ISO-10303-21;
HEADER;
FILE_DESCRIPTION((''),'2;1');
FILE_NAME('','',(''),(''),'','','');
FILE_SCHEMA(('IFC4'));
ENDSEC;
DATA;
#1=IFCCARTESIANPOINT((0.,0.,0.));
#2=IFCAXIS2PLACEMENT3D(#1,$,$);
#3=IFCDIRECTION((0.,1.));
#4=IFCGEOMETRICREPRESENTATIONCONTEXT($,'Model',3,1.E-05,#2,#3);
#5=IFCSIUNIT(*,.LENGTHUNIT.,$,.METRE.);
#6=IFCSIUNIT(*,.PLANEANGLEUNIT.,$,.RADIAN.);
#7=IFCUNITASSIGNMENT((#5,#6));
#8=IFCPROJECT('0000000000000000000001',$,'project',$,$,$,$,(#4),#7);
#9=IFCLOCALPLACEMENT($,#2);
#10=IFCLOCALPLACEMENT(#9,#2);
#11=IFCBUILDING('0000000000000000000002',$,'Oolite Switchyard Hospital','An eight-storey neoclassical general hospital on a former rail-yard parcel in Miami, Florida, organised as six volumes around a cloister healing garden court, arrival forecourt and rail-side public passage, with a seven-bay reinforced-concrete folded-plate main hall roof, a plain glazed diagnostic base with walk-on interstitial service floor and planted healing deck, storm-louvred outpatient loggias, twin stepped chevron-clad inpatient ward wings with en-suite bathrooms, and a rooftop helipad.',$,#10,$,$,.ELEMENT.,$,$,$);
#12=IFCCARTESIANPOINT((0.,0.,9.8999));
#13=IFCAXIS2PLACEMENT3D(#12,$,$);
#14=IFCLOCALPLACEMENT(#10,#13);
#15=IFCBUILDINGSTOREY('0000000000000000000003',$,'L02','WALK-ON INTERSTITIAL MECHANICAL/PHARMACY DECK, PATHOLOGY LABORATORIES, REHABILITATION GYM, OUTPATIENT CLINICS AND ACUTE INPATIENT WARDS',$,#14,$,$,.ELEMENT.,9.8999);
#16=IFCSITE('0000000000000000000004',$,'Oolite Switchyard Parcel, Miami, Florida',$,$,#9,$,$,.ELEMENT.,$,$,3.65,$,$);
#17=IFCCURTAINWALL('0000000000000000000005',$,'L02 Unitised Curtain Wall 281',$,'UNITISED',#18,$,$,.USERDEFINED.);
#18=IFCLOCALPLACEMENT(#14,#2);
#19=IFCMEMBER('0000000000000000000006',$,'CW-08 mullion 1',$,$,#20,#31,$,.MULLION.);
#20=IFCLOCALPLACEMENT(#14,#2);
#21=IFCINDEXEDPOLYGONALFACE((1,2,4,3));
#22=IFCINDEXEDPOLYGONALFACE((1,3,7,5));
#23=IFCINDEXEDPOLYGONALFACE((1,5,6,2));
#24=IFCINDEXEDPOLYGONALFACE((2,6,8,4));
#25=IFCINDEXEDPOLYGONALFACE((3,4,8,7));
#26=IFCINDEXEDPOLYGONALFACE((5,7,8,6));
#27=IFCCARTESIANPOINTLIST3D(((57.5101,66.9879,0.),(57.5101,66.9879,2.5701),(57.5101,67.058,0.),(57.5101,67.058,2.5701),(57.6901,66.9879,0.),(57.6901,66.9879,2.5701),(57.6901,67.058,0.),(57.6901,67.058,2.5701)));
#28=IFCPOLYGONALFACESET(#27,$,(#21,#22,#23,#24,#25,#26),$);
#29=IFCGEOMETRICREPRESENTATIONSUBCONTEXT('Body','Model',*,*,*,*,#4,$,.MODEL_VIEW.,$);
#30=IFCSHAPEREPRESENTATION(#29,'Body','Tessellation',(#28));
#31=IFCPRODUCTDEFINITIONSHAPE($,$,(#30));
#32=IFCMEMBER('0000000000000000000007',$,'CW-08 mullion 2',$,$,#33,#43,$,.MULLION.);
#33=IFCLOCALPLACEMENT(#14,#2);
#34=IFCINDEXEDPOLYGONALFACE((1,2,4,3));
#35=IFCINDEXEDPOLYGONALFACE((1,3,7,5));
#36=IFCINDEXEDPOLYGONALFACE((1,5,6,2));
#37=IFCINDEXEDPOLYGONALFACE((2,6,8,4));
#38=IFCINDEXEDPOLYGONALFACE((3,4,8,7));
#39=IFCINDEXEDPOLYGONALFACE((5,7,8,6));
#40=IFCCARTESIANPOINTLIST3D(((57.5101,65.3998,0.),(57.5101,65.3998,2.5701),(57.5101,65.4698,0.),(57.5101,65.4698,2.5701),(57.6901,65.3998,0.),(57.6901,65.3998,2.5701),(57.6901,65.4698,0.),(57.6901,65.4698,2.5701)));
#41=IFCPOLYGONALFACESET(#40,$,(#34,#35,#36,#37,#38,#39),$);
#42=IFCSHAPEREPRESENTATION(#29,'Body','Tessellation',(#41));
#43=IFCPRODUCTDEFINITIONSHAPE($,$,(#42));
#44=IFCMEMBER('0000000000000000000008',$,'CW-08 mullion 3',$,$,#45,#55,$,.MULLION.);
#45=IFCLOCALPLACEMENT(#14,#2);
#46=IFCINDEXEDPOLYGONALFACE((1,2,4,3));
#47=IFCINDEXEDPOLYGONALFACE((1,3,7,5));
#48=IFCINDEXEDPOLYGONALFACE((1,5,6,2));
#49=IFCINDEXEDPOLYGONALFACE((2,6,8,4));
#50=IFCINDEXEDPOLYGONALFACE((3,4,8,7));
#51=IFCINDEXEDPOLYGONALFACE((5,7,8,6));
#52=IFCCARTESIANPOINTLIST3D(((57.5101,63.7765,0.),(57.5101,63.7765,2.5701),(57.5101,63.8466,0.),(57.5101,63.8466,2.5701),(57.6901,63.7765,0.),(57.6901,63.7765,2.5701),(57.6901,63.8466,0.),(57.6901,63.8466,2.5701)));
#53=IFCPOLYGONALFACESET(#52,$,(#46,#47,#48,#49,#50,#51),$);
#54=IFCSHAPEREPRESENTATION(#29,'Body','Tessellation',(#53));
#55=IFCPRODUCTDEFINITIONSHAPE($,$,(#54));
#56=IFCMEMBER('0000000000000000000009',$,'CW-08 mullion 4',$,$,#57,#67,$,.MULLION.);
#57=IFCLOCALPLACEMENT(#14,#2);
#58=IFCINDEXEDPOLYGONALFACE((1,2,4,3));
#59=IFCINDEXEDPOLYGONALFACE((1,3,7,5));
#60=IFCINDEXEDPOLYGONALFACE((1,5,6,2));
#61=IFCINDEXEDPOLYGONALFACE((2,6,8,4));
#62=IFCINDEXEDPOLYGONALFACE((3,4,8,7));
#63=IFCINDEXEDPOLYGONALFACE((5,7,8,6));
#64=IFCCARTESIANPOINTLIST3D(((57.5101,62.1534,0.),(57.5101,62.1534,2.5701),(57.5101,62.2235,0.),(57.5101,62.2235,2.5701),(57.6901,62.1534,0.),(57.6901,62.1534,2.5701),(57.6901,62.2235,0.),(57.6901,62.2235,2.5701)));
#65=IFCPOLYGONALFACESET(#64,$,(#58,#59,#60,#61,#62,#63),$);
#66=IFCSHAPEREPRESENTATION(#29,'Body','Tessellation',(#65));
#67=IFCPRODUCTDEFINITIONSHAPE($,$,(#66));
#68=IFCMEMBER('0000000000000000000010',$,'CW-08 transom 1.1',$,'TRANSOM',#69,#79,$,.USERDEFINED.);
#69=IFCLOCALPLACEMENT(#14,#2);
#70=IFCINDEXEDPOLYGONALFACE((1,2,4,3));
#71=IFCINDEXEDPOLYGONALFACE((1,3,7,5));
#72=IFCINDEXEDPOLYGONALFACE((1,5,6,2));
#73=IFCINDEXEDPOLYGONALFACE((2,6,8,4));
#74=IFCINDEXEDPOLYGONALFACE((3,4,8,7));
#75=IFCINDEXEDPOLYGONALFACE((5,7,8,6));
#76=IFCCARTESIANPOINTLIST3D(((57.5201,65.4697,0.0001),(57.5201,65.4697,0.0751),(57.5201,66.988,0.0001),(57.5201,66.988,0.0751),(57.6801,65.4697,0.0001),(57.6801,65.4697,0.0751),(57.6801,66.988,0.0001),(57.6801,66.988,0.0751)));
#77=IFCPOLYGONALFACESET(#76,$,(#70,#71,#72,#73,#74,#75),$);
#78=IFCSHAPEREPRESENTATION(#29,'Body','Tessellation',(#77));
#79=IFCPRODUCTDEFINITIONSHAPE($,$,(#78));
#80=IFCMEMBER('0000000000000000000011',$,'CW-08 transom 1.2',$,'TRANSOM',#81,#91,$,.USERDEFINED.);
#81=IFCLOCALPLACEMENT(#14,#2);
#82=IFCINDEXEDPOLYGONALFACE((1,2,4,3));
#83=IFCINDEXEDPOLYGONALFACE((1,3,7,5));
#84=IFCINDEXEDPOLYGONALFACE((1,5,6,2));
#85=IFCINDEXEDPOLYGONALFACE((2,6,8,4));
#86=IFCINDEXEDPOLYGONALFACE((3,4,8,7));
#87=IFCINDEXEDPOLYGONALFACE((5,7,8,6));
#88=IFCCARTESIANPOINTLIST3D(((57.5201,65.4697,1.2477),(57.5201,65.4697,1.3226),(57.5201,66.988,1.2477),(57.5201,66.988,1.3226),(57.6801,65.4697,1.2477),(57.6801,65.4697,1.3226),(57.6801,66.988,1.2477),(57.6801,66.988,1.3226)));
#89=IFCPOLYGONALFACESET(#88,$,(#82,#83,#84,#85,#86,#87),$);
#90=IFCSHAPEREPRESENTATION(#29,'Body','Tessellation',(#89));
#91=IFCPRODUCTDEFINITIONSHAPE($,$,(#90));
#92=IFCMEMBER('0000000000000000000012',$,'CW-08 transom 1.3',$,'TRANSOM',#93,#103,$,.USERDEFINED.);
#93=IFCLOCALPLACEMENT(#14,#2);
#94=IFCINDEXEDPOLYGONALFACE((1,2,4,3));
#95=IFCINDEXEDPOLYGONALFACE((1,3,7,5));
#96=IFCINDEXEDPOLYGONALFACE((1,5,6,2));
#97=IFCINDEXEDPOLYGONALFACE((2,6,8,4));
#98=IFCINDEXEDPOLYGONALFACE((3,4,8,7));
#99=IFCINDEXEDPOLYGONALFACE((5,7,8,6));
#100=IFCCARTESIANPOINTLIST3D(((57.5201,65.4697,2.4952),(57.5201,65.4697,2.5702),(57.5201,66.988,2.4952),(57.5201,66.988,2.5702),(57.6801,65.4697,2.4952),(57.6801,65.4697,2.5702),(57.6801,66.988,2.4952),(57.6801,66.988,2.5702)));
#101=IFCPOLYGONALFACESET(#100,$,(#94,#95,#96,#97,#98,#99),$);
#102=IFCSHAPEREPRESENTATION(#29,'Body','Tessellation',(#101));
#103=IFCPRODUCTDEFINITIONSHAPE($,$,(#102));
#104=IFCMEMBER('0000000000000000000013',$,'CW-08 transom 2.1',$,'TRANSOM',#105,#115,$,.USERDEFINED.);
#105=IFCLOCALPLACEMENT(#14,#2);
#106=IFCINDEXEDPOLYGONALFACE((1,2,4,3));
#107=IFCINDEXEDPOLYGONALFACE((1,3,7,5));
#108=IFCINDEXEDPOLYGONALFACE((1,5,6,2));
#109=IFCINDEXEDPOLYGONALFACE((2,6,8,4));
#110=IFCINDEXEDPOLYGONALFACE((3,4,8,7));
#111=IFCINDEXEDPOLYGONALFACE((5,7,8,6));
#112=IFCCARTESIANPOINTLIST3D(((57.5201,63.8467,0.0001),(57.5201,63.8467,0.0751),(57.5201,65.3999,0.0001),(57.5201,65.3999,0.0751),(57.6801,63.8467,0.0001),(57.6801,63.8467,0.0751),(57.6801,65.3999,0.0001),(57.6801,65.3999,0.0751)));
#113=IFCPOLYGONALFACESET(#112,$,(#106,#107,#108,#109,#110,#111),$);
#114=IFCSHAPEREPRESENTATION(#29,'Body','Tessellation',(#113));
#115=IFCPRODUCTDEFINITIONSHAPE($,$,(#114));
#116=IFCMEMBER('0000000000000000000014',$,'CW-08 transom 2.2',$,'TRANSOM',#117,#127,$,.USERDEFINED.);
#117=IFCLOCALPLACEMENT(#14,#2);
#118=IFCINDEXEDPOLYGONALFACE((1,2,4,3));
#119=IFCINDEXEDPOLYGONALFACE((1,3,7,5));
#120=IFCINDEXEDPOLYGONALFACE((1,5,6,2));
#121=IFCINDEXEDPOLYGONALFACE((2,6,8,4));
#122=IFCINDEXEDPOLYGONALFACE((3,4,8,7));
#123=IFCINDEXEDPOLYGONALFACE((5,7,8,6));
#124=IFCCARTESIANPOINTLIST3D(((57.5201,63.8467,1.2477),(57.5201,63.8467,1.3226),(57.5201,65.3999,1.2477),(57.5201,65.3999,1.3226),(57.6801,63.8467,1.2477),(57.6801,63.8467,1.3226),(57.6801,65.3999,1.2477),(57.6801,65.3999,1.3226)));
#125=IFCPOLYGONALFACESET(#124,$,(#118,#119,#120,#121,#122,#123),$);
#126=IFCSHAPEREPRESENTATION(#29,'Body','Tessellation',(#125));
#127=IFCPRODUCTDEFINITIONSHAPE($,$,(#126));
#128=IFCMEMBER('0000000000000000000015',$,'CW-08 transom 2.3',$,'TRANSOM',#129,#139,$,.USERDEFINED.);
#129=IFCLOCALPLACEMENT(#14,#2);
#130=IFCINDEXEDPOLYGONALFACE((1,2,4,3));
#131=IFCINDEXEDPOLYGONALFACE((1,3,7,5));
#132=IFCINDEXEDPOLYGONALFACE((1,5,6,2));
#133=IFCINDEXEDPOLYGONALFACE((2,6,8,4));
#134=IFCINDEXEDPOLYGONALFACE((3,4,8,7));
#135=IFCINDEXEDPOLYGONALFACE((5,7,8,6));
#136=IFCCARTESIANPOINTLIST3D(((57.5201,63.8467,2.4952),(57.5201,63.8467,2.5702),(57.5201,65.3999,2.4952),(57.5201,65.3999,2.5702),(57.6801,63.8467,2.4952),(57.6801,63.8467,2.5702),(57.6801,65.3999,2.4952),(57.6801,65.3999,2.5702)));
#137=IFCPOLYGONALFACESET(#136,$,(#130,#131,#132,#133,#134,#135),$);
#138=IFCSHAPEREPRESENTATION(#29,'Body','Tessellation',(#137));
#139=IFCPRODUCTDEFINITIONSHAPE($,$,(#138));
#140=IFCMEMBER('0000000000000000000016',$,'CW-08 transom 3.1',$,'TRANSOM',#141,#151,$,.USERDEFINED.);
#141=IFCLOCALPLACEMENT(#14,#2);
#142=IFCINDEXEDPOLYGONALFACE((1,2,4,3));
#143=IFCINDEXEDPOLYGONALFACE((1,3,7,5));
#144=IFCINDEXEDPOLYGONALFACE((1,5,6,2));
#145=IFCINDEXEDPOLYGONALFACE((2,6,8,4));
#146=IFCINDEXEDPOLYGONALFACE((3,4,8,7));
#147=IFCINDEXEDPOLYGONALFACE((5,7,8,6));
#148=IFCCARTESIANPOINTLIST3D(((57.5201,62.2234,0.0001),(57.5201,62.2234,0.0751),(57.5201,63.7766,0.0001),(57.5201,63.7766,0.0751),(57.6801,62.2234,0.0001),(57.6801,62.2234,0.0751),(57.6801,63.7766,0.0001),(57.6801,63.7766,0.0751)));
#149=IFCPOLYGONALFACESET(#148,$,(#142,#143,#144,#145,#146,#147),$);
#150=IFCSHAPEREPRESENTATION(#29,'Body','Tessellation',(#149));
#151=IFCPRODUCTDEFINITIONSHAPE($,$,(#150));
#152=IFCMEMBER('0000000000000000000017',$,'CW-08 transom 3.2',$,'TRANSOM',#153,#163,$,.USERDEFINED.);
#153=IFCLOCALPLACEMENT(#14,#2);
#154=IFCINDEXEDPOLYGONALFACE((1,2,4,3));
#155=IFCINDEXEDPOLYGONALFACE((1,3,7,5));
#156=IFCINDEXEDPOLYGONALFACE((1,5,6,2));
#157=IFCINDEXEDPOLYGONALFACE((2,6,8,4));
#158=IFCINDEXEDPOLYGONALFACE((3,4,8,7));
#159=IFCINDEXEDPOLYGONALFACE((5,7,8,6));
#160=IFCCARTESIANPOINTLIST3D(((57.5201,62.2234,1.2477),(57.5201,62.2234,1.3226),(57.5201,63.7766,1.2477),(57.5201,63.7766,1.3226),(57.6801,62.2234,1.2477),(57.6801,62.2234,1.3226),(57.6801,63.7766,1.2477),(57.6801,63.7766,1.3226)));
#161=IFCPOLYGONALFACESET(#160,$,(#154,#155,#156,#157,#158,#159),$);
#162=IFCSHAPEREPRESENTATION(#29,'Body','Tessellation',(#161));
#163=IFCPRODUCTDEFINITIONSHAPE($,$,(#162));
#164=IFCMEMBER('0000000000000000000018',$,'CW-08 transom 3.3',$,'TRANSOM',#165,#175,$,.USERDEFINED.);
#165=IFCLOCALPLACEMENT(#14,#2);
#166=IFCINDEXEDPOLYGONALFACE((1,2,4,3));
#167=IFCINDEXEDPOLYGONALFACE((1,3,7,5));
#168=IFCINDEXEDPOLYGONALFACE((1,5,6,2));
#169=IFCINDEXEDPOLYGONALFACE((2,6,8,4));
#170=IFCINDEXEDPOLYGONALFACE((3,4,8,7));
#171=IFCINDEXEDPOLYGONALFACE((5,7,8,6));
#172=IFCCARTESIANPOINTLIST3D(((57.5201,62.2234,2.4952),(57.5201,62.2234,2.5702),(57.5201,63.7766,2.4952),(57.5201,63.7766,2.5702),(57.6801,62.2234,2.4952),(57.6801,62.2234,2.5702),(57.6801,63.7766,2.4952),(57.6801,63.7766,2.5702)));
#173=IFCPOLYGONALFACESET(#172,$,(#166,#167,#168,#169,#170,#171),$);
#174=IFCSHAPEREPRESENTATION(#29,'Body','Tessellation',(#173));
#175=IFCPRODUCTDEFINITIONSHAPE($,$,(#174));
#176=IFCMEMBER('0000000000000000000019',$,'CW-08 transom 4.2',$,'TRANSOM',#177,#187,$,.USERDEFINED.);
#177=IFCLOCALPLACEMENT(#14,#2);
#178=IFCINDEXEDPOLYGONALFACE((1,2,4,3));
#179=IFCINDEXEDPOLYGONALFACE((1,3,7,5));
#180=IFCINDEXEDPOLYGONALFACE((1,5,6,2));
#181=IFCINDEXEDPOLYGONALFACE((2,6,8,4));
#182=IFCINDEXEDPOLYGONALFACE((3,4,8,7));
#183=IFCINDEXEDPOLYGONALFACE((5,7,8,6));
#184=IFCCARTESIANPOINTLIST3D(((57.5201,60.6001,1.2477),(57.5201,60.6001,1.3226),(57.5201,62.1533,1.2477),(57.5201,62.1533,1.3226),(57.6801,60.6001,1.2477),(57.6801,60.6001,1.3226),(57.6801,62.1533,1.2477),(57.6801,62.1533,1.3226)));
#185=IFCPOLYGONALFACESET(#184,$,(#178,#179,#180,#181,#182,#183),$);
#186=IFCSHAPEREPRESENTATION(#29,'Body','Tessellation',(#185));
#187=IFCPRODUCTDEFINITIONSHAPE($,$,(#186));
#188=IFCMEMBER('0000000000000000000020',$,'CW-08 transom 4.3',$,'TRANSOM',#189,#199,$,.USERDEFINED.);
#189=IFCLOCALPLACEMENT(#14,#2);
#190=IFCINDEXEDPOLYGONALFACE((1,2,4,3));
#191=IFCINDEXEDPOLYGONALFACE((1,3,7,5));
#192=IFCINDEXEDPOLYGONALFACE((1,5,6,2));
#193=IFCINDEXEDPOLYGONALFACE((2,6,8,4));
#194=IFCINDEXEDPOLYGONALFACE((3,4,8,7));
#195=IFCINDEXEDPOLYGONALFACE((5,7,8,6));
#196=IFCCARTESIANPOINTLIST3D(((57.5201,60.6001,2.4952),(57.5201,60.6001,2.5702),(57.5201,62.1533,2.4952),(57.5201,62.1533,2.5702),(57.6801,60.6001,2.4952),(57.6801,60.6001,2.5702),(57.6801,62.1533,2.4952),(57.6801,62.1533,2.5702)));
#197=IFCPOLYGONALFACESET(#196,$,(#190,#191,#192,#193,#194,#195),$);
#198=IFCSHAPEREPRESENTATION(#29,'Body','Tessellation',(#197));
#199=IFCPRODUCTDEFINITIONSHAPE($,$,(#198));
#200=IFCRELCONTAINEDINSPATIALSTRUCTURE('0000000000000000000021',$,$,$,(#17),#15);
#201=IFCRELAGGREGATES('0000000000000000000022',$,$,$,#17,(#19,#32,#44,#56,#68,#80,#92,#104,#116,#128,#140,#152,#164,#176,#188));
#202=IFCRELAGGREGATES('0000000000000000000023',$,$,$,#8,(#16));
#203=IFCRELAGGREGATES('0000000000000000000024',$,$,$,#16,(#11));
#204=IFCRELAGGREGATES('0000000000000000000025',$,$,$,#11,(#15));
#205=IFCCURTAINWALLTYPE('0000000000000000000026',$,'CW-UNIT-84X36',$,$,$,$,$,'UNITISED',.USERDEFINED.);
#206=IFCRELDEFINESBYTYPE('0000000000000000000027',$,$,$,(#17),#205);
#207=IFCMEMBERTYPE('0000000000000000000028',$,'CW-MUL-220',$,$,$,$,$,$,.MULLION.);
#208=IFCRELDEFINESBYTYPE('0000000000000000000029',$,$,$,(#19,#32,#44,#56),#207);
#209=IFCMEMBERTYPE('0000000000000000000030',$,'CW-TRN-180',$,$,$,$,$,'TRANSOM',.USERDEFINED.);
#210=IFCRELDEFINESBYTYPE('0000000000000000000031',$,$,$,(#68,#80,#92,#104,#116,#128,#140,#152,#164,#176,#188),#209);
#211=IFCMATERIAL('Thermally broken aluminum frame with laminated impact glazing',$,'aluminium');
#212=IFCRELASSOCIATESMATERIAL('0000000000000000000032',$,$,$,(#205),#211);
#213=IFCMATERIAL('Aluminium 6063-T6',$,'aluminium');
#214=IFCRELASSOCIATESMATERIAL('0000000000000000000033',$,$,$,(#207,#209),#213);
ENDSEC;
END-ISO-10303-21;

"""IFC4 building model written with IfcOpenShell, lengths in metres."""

from ifc_helpers import new_model, si_unit, direction, frame, origin, origin_2d, place, context, subcontext, project, spatial, rectangle, extrude, material, material_profile, profile_set, type_object, element, aggregate, save


model = new_model("IFC4")

# Units and contexts
model_context = context("Model", 3, precision=1e-05, world=origin(), true_north=direction((0.0, 1.0)))
body_context = subcontext(model_context, "Body", "Model", "MODEL_VIEW")
ifc_project = project(units=[si_unit("LENGTHUNIT", "METRE"), si_unit("PLANEANGLEUNIT", "RADIAN")], contexts=[model_context])

# Site, building, storey
site_placement = place(None, origin())
site = spatial("IfcSite", under=ifc_project, at=site_placement, Name="Oolite Switchyard Parcel, Miami, Florida", CompositionType="ELEMENT", RefElevation=3.65)
building_placement = place(site_placement, origin())
building = spatial("IfcBuilding", under=site, at=building_placement, Name="Oolite Switchyard Hospital", Description="An eight-storey neoclassical general hospital on a former rail-yard parcel in Miami, Florida, organised as six volumes around a cloister healing garden court, arrival forecourt and rail-side public passage, with a seven-bay reinforced-concrete folded-plate main hall roof, a plain glazed diagnostic base with walk-on interstitial service floor and planted healing deck, storm-louvred outpatient loggias, twin stepped chevron-clad inpatient ward wings with en-suite bathrooms, and a rooftop helipad.", CompositionType="ELEMENT")
storey_placement = place(building_placement, frame((0.0, 0.0, 9.8999)))
storey = spatial("IfcBuildingStorey", under=building, at=storey_placement, Name="L02", Description="WALK-ON INTERSTITIAL MECHANICAL/PHARMACY DECK, PATHOLOGY LABORATORIES, REHABILITATION GYM, OUTPATIENT CLINICS AND ACUTE INPATIENT WARDS", CompositionType="ELEMENT", Elevation=9.8999)

# Curtain wall, members
ifc_material_1 = material(Name="Thermally broken aluminum frame with laminated impact glazing", Category="aluminium")
curtain_wall_type = type_object("IfcCurtainWallType", Name="CW-UNIT-84X36", ElementType="UNITISED", PredefinedType="USERDEFINED", material=ifc_material_1)
curtain_wall_placement = place(storey_placement, origin())
curtain_wall = element("IfcCurtainWall", 1, at=curtain_wall_placement, inside=storey, type_object=curtain_wall_type, Name="L02 Unitised Curtain Wall 281", ObjectType="UNITISED", PredefinedType="USERDEFINED")
ifc_material_2 = material(Name="Aluminium 6063-T6", Category="aluminium")
ifc_material_profile_1 = material_profile(ifc_material_2, rectangle(XDim=0.1799, YDim=0.0701, at=origin_2d()), Name="CWM70X180")
ifc_profile_set_1 = profile_set([ifc_material_profile_1], Name="Aluminium 6063-T6")
member_type_1 = type_object("IfcMemberType", Name="CW-MUL-220", PredefinedType="MULLION", material=ifc_profile_set_1)
member_1_placement = place(storey_placement, frame((57.6001, 67.0229, 0.0), z_axis=(0.0, 0.0, 1.0), x_axis=(1.0, 0.0, 0.0)))
member_1 = element("IfcMember", 2, at=member_1_placement, type_object=member_type_1, Name="CW-08 mullion 1", PredefinedType="MULLION", context=body_context, shape_type="SweptSolid", body=[
    extrude(rectangle(XDim=0.1799, YDim=0.0701, at=origin_2d()), origin(), (0.0, 0.0, 1.0), 2.5701),
])
member_2_placement = place(storey_placement, frame((57.6001, 65.4348, 0.0), z_axis=(0.0, 0.0, 1.0), x_axis=(1.0, 0.0, 0.0)))
member_2 = element("IfcMember", 3, at=member_2_placement, type_object=member_type_1, Name="CW-08 mullion 2", PredefinedType="MULLION", context=body_context, shape_type="SweptSolid", body=[
    extrude(rectangle(XDim=0.1799, YDim=0.0701, at=origin_2d()), origin(), (0.0, 0.0, 1.0), 2.5701),
])
member_3_placement = place(storey_placement, frame((57.6001, 63.8115, 0.0), z_axis=(0.0, 0.0, 1.0), x_axis=(1.0, 0.0, 0.0)))
member_3 = element("IfcMember", 4, at=member_3_placement, type_object=member_type_1, Name="CW-08 mullion 3", PredefinedType="MULLION", context=body_context, shape_type="SweptSolid", body=[
    extrude(rectangle(XDim=0.1799, YDim=0.0701, at=origin_2d()), origin(), (0.0, 0.0, 1.0), 2.5701),
])
member_4_placement = place(storey_placement, frame((57.6001, 62.1885, 0.0), z_axis=(0.0, 0.0, 1.0), x_axis=(1.0, 0.0, 0.0)))
member_4 = element("IfcMember", 5, at=member_4_placement, type_object=member_type_1, Name="CW-08 mullion 4", PredefinedType="MULLION", context=body_context, shape_type="SweptSolid", body=[
    extrude(rectangle(XDim=0.1799, YDim=0.0701, at=origin_2d()), origin(), (0.0, 0.0, 1.0), 2.5701),
])
ifc_material_profile_2 = material_profile(ifc_material_2, rectangle(XDim=0.1599, YDim=0.075, at=origin_2d()), Name="CWT75X160")
ifc_profile_set_2 = profile_set([ifc_material_profile_2], Name="Aluminium 6063-T6")
member_type_2 = type_object("IfcMemberType", Name="CW-TRN-180", ElementType="TRANSOM", PredefinedType="USERDEFINED", material=ifc_profile_set_2)
member_5_placement = place(storey_placement, frame((57.6001, 66.988, 0.0376), z_axis=(0.0, -1.0, 0.0), x_axis=(1.0, 0.0, 0.0)))
member_5 = element("IfcMember", 6, at=member_5_placement, type_object=member_type_2, Name="CW-08 transom 1.1", ObjectType="TRANSOM", PredefinedType="USERDEFINED", context=body_context, shape_type="SweptSolid", body=[
    extrude(rectangle(XDim=0.1599, YDim=0.075, at=origin_2d()), origin(), (0.0, 0.0, 1.0), 1.5183),
])
member_6_placement = place(storey_placement, frame((57.6001, 66.988, 1.2852), z_axis=(0.0, -1.0, 0.0), x_axis=(1.0, 0.0, 0.0)))
member_6 = element("IfcMember", 7, at=member_6_placement, type_object=member_type_2, Name="CW-08 transom 1.2", ObjectType="TRANSOM", PredefinedType="USERDEFINED", context=body_context, shape_type="SweptSolid", body=[
    extrude(rectangle(XDim=0.1599, YDim=0.075, at=origin_2d()), origin(), (0.0, 0.0, 1.0), 1.5183),
])
member_7_placement = place(storey_placement, frame((57.6001, 66.988, 2.5327), z_axis=(0.0, -1.0, 0.0), x_axis=(1.0, 0.0, 0.0)))
member_7 = element("IfcMember", 8, at=member_7_placement, type_object=member_type_2, Name="CW-08 transom 1.3", ObjectType="TRANSOM", PredefinedType="USERDEFINED", context=body_context, shape_type="SweptSolid", body=[
    extrude(rectangle(XDim=0.1599, YDim=0.075, at=origin_2d()), origin(), (0.0, 0.0, 1.0), 1.5183),
])
member_8_placement = place(storey_placement, frame((57.6001, 65.3999, 0.0376), z_axis=(0.0, -1.0, 0.0), x_axis=(1.0, 0.0, 0.0)))
member_8 = element("IfcMember", 9, at=member_8_placement, type_object=member_type_2, Name="CW-08 transom 2.1", ObjectType="TRANSOM", PredefinedType="USERDEFINED", context=body_context, shape_type="SweptSolid", body=[
    extrude(rectangle(XDim=0.1599, YDim=0.075, at=origin_2d()), origin(), (0.0, 0.0, 1.0), 1.5532),
])
member_9_placement = place(storey_placement, frame((57.6001, 65.3999, 1.2852), z_axis=(0.0, -1.0, 0.0), x_axis=(1.0, 0.0, 0.0)))
member_9 = element("IfcMember", 10, at=member_9_placement, type_object=member_type_2, Name="CW-08 transom 2.2", ObjectType="TRANSOM", PredefinedType="USERDEFINED", context=body_context, shape_type="SweptSolid", body=[
    extrude(rectangle(XDim=0.1599, YDim=0.075, at=origin_2d()), origin(), (0.0, 0.0, 1.0), 1.5532),
])
member_10_placement = place(storey_placement, frame((57.6001, 65.3999, 2.5327), z_axis=(0.0, -1.0, 0.0), x_axis=(1.0, 0.0, 0.0)))
member_10 = element("IfcMember", 11, at=member_10_placement, type_object=member_type_2, Name="CW-08 transom 2.3", ObjectType="TRANSOM", PredefinedType="USERDEFINED", context=body_context, shape_type="SweptSolid", body=[
    extrude(rectangle(XDim=0.1599, YDim=0.075, at=origin_2d()), origin(), (0.0, 0.0, 1.0), 1.5532),
])
member_11_placement = place(storey_placement, frame((57.6001, 63.7766, 0.0376), z_axis=(0.0, -1.0, 0.0), x_axis=(1.0, 0.0, 0.0)))
member_11 = element("IfcMember", 12, at=member_11_placement, type_object=member_type_2, Name="CW-08 transom 3.1", ObjectType="TRANSOM", PredefinedType="USERDEFINED", context=body_context, shape_type="SweptSolid", body=[
    extrude(rectangle(XDim=0.1599, YDim=0.075, at=origin_2d()), origin(), (0.0, 0.0, 1.0), 1.5532),
])
member_12_placement = place(storey_placement, frame((57.6001, 63.7766, 1.2852), z_axis=(0.0, -1.0, 0.0), x_axis=(1.0, 0.0, 0.0)))
member_12 = element("IfcMember", 13, at=member_12_placement, type_object=member_type_2, Name="CW-08 transom 3.2", ObjectType="TRANSOM", PredefinedType="USERDEFINED", context=body_context, shape_type="SweptSolid", body=[
    extrude(rectangle(XDim=0.1599, YDim=0.075, at=origin_2d()), origin(), (0.0, 0.0, 1.0), 1.5532),
])
member_13_placement = place(storey_placement, frame((57.6001, 63.7766, 2.5327), z_axis=(0.0, -1.0, 0.0), x_axis=(1.0, 0.0, 0.0)))
member_13 = element("IfcMember", 14, at=member_13_placement, type_object=member_type_2, Name="CW-08 transom 3.3", ObjectType="TRANSOM", PredefinedType="USERDEFINED", context=body_context, shape_type="SweptSolid", body=[
    extrude(rectangle(XDim=0.1599, YDim=0.075, at=origin_2d()), origin(), (0.0, 0.0, 1.0), 1.5532),
])
member_14_placement = place(storey_placement, frame((57.6001, 62.1533, 1.2852), z_axis=(0.0, -1.0, 0.0), x_axis=(1.0, 0.0, 0.0)))
member_14 = element("IfcMember", 15, at=member_14_placement, type_object=member_type_2, Name="CW-08 transom 4.2", ObjectType="TRANSOM", PredefinedType="USERDEFINED", context=body_context, shape_type="SweptSolid", body=[
    extrude(rectangle(XDim=0.1599, YDim=0.075, at=origin_2d()), origin(), (0.0, 0.0, 1.0), 1.5532),
])
member_15_placement = place(storey_placement, frame((57.6001, 62.1533, 2.5327), z_axis=(0.0, -1.0, 0.0), x_axis=(1.0, 0.0, 0.0)))
member_15 = element("IfcMember", 16, at=member_15_placement, type_object=member_type_2, Name="CW-08 transom 4.3", ObjectType="TRANSOM", PredefinedType="USERDEFINED", context=body_context, shape_type="SweptSolid", body=[
    extrude(rectangle(XDim=0.1599, YDim=0.075, at=origin_2d()), origin(), (0.0, 0.0, 1.0), 1.5532),
])
aggregate(curtain_wall, [member_1, member_2, member_3, member_4, member_5, member_6, member_7, member_8, member_9, member_10, member_11, member_12, member_13, member_14, member_15])

save(model, "model.ifc")
